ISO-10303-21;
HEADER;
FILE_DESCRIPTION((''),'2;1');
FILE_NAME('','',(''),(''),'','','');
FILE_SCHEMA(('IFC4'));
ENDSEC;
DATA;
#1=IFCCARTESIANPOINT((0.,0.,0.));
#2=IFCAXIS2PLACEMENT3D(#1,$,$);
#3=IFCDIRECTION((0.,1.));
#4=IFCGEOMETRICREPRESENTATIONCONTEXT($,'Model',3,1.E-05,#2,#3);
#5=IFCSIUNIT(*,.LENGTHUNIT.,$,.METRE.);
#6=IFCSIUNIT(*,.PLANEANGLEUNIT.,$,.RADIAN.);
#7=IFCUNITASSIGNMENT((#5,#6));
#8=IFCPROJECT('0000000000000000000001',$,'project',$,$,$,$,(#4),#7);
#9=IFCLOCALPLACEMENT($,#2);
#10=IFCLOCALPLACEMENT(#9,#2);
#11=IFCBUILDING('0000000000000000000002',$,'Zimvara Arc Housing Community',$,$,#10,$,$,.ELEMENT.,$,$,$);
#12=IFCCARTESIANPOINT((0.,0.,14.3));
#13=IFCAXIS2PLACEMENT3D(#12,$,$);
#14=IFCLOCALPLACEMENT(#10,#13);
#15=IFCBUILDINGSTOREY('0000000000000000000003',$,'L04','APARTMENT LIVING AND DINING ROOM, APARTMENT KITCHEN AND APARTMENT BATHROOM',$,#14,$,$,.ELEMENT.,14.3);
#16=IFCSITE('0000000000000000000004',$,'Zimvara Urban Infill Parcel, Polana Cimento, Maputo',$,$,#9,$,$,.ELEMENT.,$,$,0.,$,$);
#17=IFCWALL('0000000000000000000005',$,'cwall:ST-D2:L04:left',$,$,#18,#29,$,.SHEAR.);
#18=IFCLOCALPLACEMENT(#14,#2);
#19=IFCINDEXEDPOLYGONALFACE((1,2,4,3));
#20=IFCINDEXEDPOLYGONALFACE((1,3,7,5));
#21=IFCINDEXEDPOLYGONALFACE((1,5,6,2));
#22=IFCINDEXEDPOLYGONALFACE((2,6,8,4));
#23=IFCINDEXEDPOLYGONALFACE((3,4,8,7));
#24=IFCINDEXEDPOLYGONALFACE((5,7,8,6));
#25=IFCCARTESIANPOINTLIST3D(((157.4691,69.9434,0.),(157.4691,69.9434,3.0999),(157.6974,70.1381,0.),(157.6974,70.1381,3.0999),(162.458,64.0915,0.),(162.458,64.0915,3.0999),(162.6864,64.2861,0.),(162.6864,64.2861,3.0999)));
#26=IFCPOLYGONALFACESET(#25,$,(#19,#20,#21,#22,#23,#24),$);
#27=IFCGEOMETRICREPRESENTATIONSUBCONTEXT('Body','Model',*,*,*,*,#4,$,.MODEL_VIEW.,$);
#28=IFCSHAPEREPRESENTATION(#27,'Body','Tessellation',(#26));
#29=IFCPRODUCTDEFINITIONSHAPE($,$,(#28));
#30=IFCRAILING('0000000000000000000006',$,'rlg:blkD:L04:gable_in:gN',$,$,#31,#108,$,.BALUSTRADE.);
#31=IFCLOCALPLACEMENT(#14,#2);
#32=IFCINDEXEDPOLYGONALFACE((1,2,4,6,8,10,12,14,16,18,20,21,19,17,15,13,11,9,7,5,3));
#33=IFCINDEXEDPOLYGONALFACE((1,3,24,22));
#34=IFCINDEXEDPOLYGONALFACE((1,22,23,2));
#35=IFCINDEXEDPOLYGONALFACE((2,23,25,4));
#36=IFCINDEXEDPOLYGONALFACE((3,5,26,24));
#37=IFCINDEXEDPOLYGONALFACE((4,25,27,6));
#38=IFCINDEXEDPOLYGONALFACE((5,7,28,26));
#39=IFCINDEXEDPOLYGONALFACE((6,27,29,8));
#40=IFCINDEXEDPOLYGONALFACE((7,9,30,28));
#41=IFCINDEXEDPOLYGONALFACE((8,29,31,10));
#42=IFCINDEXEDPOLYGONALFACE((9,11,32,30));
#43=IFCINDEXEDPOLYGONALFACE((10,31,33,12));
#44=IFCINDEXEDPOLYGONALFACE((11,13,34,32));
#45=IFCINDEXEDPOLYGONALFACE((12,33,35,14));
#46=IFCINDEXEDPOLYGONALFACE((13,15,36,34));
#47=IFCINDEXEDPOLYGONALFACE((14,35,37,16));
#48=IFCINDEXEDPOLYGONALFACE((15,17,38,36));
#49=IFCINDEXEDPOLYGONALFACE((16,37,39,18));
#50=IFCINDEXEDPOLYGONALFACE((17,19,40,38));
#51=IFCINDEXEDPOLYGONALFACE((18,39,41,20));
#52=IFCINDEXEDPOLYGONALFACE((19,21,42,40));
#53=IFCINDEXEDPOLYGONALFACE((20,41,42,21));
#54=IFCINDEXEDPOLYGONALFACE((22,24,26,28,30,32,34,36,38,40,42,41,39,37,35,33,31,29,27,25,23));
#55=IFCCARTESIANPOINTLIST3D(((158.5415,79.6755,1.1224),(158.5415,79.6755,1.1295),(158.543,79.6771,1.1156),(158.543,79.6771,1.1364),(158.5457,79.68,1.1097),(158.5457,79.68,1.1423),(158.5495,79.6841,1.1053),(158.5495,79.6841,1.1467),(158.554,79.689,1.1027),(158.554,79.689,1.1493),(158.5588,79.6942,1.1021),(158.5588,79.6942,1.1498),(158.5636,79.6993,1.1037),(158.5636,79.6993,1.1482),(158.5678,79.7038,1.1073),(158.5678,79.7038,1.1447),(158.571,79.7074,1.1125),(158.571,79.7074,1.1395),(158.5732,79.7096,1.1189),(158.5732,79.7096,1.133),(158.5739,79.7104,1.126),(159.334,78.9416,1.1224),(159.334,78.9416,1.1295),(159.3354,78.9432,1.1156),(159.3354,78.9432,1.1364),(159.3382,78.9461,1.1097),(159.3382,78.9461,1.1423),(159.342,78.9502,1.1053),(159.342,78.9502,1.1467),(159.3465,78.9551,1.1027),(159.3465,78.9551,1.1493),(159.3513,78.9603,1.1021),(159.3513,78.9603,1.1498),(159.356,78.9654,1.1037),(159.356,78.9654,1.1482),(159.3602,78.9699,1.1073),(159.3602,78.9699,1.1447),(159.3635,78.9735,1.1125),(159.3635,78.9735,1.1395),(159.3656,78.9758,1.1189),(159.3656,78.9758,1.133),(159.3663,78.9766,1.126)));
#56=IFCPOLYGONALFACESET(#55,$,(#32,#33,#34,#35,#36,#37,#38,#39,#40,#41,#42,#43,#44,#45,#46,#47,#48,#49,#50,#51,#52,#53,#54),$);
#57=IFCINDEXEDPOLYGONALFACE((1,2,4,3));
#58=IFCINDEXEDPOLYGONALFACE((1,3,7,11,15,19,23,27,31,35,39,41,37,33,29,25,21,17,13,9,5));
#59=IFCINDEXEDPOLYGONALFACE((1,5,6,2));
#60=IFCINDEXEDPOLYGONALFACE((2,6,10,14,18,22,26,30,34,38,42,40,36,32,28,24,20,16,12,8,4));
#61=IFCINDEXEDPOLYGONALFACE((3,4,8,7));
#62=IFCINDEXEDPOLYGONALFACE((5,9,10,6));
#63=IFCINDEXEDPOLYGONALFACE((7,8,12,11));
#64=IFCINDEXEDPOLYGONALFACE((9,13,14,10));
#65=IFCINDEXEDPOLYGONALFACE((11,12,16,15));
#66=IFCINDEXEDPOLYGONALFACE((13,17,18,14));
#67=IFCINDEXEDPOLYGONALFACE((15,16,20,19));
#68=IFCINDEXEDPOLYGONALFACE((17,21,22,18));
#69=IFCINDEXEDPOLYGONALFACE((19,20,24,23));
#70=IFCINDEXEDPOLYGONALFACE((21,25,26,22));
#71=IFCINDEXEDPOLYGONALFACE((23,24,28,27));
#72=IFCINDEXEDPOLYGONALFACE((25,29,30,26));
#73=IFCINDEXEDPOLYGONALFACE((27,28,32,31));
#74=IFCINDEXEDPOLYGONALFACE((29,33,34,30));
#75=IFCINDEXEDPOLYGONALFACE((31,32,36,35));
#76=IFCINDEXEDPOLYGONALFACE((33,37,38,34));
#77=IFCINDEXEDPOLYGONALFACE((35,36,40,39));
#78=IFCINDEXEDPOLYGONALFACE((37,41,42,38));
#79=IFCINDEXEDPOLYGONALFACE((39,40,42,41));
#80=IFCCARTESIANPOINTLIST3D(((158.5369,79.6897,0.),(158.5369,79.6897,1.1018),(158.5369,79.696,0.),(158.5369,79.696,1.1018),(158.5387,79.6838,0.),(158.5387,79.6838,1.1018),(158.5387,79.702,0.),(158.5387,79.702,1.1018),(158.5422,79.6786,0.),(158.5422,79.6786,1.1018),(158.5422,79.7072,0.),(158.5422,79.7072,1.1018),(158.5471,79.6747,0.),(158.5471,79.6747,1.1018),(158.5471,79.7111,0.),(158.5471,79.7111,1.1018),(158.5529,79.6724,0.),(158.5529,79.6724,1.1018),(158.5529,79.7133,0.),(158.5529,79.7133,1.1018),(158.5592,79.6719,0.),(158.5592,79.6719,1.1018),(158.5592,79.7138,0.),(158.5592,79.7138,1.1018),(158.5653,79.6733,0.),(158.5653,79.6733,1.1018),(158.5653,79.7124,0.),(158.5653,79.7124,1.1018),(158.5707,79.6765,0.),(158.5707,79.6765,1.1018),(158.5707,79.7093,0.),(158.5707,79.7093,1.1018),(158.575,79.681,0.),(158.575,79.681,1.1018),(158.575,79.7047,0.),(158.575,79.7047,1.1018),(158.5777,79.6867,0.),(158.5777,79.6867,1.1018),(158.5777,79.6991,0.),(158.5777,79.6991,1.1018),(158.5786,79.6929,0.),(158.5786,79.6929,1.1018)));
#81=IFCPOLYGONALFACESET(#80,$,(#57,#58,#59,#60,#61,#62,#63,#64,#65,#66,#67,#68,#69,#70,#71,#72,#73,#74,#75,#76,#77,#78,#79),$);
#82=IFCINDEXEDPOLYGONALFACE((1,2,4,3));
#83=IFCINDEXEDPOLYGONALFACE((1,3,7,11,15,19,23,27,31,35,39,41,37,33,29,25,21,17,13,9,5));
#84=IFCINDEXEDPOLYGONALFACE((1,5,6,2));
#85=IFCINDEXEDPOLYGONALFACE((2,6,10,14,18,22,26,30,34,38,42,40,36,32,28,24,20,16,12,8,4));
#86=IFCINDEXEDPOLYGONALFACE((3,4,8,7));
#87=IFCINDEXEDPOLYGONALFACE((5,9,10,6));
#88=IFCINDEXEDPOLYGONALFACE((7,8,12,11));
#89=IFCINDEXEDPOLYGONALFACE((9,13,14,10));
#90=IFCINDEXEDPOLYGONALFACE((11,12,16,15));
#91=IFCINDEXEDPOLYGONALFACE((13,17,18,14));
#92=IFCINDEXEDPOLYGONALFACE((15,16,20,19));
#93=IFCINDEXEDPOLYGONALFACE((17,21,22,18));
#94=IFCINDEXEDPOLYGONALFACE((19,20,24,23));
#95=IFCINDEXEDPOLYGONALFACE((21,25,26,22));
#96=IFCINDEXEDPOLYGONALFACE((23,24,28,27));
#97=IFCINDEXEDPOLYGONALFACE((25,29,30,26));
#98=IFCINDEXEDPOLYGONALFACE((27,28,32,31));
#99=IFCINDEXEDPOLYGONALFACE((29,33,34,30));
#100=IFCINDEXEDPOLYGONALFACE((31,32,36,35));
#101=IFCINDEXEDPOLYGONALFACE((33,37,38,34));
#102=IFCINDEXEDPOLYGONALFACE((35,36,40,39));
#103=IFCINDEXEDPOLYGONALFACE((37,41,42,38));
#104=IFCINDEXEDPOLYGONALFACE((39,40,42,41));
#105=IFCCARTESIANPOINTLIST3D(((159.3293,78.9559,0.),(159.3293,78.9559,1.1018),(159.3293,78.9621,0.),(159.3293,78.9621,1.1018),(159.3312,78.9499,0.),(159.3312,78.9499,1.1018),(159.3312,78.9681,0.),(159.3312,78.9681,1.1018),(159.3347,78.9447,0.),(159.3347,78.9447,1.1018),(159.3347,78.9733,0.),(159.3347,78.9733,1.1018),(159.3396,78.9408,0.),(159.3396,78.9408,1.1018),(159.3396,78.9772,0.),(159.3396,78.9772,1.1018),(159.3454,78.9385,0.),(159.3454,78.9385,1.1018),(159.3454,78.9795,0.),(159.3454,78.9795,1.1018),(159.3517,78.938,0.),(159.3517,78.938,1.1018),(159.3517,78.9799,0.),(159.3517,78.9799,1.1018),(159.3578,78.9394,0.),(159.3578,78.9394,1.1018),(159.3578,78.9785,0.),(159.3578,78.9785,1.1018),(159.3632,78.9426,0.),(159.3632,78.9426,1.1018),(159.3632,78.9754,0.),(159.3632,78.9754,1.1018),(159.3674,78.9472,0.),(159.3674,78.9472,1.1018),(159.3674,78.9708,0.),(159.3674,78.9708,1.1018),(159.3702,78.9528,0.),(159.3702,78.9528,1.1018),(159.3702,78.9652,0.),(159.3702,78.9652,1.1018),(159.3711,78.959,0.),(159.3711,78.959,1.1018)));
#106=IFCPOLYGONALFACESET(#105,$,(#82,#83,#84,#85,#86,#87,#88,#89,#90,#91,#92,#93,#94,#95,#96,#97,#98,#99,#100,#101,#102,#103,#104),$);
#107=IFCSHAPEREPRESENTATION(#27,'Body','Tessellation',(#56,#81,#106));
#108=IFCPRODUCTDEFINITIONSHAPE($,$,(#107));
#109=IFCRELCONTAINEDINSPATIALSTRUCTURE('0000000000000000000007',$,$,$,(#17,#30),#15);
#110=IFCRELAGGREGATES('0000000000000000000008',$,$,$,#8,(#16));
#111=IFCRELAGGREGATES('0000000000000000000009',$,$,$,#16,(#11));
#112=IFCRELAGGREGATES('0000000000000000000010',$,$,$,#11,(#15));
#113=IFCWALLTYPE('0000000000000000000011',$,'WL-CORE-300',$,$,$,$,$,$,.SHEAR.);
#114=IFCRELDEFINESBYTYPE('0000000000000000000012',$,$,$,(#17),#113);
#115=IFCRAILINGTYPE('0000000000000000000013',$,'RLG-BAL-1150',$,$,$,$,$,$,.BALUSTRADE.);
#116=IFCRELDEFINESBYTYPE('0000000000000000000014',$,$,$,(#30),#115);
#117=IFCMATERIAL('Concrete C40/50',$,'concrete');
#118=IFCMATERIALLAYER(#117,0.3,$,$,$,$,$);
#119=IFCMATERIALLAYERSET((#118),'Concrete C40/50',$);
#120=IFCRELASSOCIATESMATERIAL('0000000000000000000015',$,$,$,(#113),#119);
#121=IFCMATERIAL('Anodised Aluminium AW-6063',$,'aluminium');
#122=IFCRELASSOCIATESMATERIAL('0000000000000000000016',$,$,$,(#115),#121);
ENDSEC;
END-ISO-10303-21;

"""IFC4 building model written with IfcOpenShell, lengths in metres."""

from ifc_helpers import new_model, si_unit, direction, frame, frame_2d, origin, origin_2d, place, context, subcontext, project, spatial, rectangle, circle, extrude, material, layer, layer_set, type_object, element, save


model = new_model("IFC4")

# Units and contexts
model_context = context("Model", 3, precision=1e-05, world=origin(), true_north=direction((0.0, 1.0)))
body_context = subcontext(model_context, "Body", "Model", "MODEL_VIEW")
ifc_project = project(units=[si_unit("LENGTHUNIT", "METRE"), si_unit("PLANEANGLEUNIT", "RADIAN")], contexts=[model_context])

# Site, building, storey
site_placement = place(None, origin())
site = spatial("IfcSite", under=ifc_project, at=site_placement, Name="Zimvara Urban Infill Parcel, Polana Cimento, Maputo", CompositionType="ELEMENT", RefElevation=0.0)
building_placement = place(site_placement, origin())
building = spatial("IfcBuilding", under=site, at=building_placement, Name="Zimvara Arc Housing Community", CompositionType="ELEMENT")
storey_placement = place(building_placement, frame((0.0, 0.0, 14.3)))
storey = spatial("IfcBuildingStorey", under=building, at=storey_placement, Name="L04", Description="APARTMENT LIVING AND DINING ROOM, APARTMENT KITCHEN AND APARTMENT BATHROOM", CompositionType="ELEMENT", Elevation=14.3)

# Shared definitions
ifc_material_1 = material(Name="Concrete C40/50", Category="concrete")
ifc_layer_1 = layer(ifc_material_1, 0.3)
ifc_layer_set_1 = layer_set([ifc_layer_1], Name="Concrete C40/50")
wall_type_1 = type_object("IfcWallType", Name="WL-CORE-300", PredefinedType="SHEAR", material=ifc_layer_set_1)

# Wall
wall_1_placement = place(storey_placement, frame((157.5833, 70.0408, 0.0), z_axis=(0.0, 0.0, 1.0), x_axis=(0.648763, -0.760991, 0.0)))
element("IfcWall", 1, at=wall_1_placement, inside=storey, type_object=wall_type_1, Name="cwall:ST-D2:L04:left", PredefinedType="SHEAR", context=body_context, shape_type="SweptSolid", body=[
    extrude(rectangle(XDim=7.6899, YDim=0.3, at=frame_2d((3.845, 0.0))), origin(), (0.0, 0.0, 1.0), 3.0999),
])

# Railing
ifc_material_2 = material(Name="Anodised Aluminium AW-6063", Category="aluminium")
railing_type = type_object("IfcRailingType", Name="RLG-BAL-1150", PredefinedType="BALUSTRADE", material=ifc_material_2)
railing_placement = place(storey_placement, frame((158.5576, 79.6929, 0.0)))
element("IfcRailing", 2, at=railing_placement, inside=storey, type_object=railing_type, Name="rlg:blkD:L04:gable_in:gN", PredefinedType="BALUSTRADE", context=body_context, shape_type="SweptSolid", body=[
    extrude(circle(Radius=0.0239, at=origin_2d()), frame((0.0, 0.0, 1.126), z_axis=(0.733711, -0.679462, 0.0), x_axis=(0.679462, 0.733711, 0.0)), (0.0, 0.0, 1.0), 1.0801),
    extrude(circle(Radius=0.021, at=origin_2d()), origin(), (0.0, 0.0, 1.0), 1.1018),
    extrude(circle(Radius=0.021, at=origin_2d()), frame((0.7925, -0.7339, 0.0)), (0.0, 0.0, 1.0), 1.1018),
])

save(model, "model.ifc")
